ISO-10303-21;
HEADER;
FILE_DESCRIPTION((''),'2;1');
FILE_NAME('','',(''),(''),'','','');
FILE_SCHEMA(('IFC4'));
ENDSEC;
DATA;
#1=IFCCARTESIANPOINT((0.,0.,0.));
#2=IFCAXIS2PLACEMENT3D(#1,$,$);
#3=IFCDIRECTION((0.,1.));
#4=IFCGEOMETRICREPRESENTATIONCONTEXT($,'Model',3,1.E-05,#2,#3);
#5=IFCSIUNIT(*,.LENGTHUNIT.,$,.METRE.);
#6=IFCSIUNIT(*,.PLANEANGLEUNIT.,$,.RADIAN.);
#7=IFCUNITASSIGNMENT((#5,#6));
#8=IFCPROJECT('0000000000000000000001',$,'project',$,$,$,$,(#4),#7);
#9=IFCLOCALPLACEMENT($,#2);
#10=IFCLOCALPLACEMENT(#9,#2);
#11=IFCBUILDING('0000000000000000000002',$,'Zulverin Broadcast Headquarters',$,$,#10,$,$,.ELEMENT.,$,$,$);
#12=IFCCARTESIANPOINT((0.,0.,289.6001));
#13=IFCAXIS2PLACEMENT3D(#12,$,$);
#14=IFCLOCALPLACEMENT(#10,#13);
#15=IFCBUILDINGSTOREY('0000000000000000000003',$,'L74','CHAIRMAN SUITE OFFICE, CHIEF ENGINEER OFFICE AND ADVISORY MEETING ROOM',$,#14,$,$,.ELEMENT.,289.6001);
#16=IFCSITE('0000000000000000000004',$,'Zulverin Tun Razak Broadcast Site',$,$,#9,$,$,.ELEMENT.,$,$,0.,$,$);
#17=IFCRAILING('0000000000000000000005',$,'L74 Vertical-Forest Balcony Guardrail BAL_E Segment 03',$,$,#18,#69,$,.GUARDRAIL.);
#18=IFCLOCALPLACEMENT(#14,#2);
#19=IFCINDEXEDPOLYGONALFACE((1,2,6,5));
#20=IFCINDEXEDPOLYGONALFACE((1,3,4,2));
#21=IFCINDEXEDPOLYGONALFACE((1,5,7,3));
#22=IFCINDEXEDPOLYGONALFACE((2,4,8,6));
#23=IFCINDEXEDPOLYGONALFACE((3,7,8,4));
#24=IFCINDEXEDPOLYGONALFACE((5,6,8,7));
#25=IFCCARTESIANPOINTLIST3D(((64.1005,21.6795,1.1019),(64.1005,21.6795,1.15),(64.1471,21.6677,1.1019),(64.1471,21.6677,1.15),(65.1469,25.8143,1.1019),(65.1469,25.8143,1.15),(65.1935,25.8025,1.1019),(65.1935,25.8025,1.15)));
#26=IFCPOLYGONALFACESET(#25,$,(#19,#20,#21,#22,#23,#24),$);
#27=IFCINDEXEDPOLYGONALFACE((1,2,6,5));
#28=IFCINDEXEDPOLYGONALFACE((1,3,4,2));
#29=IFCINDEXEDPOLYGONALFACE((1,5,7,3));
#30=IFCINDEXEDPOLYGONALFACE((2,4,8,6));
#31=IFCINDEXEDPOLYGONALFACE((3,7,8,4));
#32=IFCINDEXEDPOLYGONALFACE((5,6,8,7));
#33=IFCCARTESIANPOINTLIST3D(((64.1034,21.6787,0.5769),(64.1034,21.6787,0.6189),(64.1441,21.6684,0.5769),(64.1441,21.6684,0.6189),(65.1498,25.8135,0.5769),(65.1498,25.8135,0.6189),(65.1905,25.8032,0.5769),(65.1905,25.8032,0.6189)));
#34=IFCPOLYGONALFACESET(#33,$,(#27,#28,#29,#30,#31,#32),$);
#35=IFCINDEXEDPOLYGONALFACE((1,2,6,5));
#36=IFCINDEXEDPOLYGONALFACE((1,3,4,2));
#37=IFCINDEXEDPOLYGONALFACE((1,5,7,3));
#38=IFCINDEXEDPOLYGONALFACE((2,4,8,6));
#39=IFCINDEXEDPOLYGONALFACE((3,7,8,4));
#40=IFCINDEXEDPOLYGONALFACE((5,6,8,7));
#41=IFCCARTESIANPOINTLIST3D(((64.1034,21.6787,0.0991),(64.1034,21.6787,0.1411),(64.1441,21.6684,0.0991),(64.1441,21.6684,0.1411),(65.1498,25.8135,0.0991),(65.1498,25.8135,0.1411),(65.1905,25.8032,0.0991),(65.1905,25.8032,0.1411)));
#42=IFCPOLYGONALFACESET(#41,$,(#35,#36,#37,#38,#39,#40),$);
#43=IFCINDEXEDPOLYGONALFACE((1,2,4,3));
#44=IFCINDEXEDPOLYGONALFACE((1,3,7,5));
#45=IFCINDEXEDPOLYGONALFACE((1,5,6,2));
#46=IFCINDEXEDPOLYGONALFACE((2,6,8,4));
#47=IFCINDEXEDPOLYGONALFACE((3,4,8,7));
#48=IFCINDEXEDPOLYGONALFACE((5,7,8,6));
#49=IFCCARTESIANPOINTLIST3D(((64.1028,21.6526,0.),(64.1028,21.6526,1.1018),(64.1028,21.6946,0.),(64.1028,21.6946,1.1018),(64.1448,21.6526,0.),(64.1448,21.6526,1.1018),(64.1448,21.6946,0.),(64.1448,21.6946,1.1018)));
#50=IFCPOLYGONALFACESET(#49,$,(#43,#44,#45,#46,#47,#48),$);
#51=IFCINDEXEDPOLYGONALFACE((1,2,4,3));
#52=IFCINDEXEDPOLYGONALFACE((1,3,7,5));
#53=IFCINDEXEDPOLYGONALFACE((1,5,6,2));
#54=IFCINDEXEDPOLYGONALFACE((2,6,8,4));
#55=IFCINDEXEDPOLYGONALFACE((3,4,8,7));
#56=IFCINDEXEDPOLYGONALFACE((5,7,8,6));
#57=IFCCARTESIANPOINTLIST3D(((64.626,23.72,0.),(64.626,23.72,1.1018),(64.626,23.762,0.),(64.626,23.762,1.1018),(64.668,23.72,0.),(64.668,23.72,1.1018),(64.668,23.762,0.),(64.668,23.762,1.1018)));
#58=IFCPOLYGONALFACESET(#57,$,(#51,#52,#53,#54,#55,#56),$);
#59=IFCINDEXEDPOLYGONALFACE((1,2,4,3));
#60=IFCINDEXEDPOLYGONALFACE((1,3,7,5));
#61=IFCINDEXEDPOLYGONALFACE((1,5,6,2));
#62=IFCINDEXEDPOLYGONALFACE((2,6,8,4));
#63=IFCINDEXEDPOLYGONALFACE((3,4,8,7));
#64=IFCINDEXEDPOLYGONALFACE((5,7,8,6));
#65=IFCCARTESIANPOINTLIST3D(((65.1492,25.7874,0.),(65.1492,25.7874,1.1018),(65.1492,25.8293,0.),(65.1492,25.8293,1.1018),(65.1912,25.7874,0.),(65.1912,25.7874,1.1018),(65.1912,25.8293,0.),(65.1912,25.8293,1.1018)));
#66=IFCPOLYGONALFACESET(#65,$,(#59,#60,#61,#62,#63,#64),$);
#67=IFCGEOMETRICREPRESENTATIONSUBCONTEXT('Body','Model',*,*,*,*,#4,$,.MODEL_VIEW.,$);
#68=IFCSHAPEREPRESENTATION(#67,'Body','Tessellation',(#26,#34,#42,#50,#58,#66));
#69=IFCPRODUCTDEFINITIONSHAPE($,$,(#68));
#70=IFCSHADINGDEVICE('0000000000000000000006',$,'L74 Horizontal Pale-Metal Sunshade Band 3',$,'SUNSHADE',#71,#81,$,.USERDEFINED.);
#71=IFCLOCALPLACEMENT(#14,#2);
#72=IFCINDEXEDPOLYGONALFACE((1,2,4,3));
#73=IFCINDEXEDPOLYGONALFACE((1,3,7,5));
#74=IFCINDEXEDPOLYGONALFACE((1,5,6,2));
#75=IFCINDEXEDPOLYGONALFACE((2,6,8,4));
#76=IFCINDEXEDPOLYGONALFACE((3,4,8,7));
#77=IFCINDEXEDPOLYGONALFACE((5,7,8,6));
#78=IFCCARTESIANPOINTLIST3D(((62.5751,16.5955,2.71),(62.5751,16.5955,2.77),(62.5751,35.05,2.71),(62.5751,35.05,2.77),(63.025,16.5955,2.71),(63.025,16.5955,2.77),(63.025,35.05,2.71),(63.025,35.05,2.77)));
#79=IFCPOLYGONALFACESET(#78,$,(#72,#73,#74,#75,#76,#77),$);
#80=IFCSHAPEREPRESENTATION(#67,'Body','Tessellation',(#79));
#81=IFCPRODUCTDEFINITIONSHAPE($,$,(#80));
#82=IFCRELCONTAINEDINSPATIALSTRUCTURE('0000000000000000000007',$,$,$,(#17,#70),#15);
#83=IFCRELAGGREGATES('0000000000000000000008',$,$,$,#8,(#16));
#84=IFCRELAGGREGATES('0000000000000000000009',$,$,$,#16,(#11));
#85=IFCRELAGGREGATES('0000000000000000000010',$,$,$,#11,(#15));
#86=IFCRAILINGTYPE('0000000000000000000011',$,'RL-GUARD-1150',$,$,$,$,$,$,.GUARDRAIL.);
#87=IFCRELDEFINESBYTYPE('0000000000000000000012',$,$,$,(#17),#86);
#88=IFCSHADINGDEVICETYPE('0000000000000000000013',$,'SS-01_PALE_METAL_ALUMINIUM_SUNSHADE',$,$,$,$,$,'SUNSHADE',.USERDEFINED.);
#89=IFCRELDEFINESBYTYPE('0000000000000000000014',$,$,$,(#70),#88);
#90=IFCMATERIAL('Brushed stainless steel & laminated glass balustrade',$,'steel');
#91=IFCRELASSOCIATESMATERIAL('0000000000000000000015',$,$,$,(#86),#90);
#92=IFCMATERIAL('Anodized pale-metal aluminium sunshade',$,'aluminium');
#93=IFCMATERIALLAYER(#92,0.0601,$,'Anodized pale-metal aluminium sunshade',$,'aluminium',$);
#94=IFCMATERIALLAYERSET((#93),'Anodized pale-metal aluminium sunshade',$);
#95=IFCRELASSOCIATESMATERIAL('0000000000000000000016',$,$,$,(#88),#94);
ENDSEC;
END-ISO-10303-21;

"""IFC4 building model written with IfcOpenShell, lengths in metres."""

from ifc_helpers import new_model, si_unit, direction, frame, origin, origin_2d, place, context, subcontext, project, spatial, rectangle, extrude, material, layer, layer_set, type_object, element, save


model = new_model("IFC4")

# Units and contexts
model_context = context("Model", 3, precision=1e-05, world=origin(), true_north=direction((0.0, 1.0)))
body_context = subcontext(model_context, "Body", "Model", "MODEL_VIEW")
ifc_project = project(units=[si_unit("LENGTHUNIT", "METRE"), si_unit("PLANEANGLEUNIT", "RADIAN")], contexts=[model_context])

# Site, building, storey
site_placement = place(None, origin())
site = spatial("IfcSite", under=ifc_project, at=site_placement, Name="Zulverin Tun Razak Broadcast Site", CompositionType="ELEMENT", RefElevation=0.0)
building_placement = place(site_placement, origin())
building = spatial("IfcBuilding", under=site, at=building_placement, Name="Zulverin Broadcast Headquarters", CompositionType="ELEMENT")
storey_placement = place(building_placement, frame((0.0, 0.0, 289.6001)))
storey = spatial("IfcBuildingStorey", under=building, at=storey_placement, Name="L74", Description="CHAIRMAN SUITE OFFICE, CHIEF ENGINEER OFFICE AND ADVISORY MEETING ROOM", CompositionType="ELEMENT", Elevation=289.6001)

# Railing
ifc_material_1 = material(Name="Brushed stainless steel & laminated glass balustrade", Category="steel")
railing_type = type_object("IfcRailingType", Name="RL-GUARD-1150", PredefinedType="GUARDRAIL", material=ifc_material_1)
railing_1_placement = place(storey_placement, frame((64.1238, 21.6736, 0.0)))
element("IfcRailing", 1, at=railing_1_placement, inside=storey, type_object=railing_type, Name="L74 Vertical-Forest Balcony Guardrail BAL_E Segment 03", PredefinedType="GUARDRAIL", context=body_context, shape_type="SweptSolid", body=[
    extrude(rectangle(XDim=0.0481, YDim=0.0481, at=origin_2d()), frame((0.0, 0.0, 1.126), z_axis=(0.245336, 0.969438, 0.0), x_axis=(-0.969438, 0.245336, 0.0)), (0.0, 0.0, 1.0), 4.2651),
    extrude(rectangle(XDim=0.042, YDim=0.042, at=origin_2d()), frame((0.0, 0.0, 0.5979), z_axis=(0.245336, 0.969438, 0.0), x_axis=(-0.969438, 0.245336, 0.0)), (0.0, 0.0, 1.0), 4.2651),
    extrude(rectangle(XDim=0.042, YDim=0.042, at=origin_2d()), frame((0.0, 0.0, 0.1201), z_axis=(0.245336, 0.969438, 0.0), x_axis=(-0.969438, 0.245336, 0.0)), (0.0, 0.0, 1.0), 4.2651),
    extrude(rectangle(XDim=0.042, YDim=0.042, at=origin_2d()), origin(), (0.0, 0.0, 1.0), 1.1018),
    extrude(rectangle(XDim=0.042, YDim=0.042, at=origin_2d()), frame((0.5232, 2.0674, 0.0)), (0.0, 0.0, 1.0), 1.1018),
    extrude(rectangle(XDim=0.042, YDim=0.042, at=origin_2d()), frame((1.0464, 4.1348, 0.0)), (0.0, 0.0, 1.0), 1.1018),
])

# Shading device
ifc_material_2 = material(Name="Anodized pale-metal aluminium sunshade", Category="aluminium")
ifc_layer_1 = layer(ifc_material_2, 0.0601, Name="Anodized pale-metal aluminium sunshade", Category="aluminium")
ifc_layer_set_1 = layer_set([ifc_layer_1], Name="Anodized pale-metal aluminium sunshade")
shading_device_type = type_object("IfcShadingDeviceType", Name="SS-01_PALE_METAL_ALUMINIUM_SUNSHADE", ElementType="SUNSHADE", PredefinedType="USERDEFINED", material=ifc_layer_set_1)
shading_device_placement = place(storey_placement, frame((62.8, 25.8228, 2.71), z_axis=(0.0, 0.0, 1.0), x_axis=(0.0, 1.0, 0.0)))
element("IfcShadingDevice", 2, at=shading_device_placement, inside=storey, type_object=shading_device_type, Name="L74 Horizontal Pale-Metal Sunshade Band 3", ObjectType="SUNSHADE", PredefinedType="USERDEFINED", context=body_context, shape_type="SweptSolid", body=[
    extrude(rectangle(XDim=18.4546, YDim=0.45, at=origin_2d()), origin(), (0.0, 0.0, 1.0), 0.0601),
])

save(model, "model.ifc")
